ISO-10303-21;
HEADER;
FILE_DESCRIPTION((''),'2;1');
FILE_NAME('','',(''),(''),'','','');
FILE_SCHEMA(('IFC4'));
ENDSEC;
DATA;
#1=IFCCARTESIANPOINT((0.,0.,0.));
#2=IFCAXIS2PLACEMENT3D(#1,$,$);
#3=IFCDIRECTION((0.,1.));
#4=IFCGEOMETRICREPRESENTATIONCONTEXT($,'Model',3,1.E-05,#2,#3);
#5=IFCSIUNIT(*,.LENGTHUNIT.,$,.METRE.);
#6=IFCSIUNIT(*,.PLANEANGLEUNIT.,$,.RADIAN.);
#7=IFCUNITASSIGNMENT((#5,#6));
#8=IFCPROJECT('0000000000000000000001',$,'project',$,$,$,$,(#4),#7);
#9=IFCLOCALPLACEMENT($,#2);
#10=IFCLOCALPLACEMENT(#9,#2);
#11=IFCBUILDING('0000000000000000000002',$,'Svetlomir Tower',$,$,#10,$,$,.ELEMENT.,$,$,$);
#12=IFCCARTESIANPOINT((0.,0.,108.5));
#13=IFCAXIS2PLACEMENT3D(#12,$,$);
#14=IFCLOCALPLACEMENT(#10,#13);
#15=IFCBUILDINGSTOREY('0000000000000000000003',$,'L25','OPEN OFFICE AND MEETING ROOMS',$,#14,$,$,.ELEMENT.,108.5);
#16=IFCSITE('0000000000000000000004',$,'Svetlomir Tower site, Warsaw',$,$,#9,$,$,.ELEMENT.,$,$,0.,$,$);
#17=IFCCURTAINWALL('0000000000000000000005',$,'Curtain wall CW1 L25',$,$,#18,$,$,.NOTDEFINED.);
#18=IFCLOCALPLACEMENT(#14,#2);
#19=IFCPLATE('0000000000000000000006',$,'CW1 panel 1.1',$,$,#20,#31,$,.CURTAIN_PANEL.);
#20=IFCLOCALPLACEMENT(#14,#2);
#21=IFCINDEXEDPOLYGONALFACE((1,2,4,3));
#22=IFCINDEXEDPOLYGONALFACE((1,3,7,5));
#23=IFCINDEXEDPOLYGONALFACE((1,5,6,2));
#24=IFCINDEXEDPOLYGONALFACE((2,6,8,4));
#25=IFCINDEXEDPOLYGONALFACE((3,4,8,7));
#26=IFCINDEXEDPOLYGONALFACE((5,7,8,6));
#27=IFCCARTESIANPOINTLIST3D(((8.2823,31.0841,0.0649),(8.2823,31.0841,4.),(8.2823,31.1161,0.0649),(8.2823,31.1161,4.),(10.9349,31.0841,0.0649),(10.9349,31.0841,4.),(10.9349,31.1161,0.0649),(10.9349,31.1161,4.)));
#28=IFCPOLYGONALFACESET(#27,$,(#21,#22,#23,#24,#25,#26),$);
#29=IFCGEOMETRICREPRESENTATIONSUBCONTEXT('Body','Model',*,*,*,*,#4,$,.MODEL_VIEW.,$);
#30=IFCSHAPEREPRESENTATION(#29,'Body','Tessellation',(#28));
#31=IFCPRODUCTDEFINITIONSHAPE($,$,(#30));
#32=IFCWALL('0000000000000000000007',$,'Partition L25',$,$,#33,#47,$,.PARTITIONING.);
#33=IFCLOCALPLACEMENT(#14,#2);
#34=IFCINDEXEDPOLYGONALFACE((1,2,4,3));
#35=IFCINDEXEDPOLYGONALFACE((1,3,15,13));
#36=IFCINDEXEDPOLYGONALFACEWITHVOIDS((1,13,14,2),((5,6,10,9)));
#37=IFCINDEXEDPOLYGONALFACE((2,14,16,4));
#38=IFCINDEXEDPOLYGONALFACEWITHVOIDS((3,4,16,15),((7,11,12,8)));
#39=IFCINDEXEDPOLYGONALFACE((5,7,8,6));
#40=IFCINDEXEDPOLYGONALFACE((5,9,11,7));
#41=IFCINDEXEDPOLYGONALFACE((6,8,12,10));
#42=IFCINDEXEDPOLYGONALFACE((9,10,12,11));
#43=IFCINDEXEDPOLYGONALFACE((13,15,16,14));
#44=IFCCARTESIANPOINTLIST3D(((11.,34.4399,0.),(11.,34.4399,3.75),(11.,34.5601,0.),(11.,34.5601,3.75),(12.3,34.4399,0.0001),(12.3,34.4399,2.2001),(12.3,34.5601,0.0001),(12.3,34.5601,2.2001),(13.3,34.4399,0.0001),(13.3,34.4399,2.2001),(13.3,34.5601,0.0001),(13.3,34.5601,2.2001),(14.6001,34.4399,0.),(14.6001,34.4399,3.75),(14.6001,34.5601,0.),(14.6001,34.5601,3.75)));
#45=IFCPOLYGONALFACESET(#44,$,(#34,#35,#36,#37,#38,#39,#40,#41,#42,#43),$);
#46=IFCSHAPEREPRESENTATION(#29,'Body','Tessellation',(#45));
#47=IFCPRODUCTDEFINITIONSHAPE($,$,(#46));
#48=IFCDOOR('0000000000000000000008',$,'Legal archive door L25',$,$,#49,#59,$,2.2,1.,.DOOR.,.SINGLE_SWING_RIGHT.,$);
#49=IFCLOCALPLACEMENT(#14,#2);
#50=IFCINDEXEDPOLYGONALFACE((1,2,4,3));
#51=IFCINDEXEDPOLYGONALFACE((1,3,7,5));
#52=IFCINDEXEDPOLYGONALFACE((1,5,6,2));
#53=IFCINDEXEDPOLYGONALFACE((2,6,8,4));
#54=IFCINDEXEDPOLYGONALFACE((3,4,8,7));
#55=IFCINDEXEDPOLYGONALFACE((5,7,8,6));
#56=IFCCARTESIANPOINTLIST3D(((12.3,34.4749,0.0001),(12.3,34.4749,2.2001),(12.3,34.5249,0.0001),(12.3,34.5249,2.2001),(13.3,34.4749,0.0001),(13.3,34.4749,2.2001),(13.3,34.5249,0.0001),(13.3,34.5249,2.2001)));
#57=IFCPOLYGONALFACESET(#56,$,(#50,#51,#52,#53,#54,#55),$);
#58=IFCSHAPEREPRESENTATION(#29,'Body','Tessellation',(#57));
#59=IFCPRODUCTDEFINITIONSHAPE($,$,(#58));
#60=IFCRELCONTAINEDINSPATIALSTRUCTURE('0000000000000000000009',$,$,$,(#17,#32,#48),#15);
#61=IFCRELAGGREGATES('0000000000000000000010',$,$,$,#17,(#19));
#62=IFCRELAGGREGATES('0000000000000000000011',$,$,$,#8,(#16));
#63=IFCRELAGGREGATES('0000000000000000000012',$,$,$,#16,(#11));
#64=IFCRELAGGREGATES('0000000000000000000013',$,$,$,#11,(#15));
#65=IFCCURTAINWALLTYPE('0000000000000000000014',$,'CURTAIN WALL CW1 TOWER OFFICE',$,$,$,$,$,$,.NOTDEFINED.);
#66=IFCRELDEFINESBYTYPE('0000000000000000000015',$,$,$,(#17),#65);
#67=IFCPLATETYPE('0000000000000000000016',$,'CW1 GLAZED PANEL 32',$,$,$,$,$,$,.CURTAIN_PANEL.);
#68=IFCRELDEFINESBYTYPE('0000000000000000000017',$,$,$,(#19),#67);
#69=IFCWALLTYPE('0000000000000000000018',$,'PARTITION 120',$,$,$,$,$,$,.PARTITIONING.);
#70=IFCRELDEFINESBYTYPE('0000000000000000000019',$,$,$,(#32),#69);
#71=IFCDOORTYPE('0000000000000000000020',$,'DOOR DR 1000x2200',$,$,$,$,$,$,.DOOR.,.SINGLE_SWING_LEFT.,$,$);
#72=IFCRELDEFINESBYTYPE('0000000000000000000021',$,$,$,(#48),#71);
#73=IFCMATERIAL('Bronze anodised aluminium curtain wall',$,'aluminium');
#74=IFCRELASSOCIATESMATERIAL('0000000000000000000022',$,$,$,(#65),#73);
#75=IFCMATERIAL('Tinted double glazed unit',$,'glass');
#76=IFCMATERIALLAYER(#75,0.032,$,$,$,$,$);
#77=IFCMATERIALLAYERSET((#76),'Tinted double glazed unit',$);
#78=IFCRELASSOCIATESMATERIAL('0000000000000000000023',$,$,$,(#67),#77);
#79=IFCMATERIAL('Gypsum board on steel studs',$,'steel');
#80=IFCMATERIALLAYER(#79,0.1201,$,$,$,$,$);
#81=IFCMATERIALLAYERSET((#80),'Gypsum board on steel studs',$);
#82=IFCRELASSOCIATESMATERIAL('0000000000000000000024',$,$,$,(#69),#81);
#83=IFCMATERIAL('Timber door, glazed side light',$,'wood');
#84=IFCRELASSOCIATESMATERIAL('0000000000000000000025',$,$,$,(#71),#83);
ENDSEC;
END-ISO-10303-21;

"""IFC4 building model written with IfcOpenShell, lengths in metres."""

from ifc_helpers import new_model, si_unit, direction, frame, frame_2d, origin, origin_2d, place, context, subcontext, project, spatial, rectangle, extrude, material, layer, layer_set, type_object, element, fill, aggregate, save


model = new_model("IFC4")

# Units and contexts
model_context = context("Model", 3, precision=1e-05, world=origin(), true_north=direction((0.0, 1.0)))
body_context = subcontext(model_context, "Body", "Model", "MODEL_VIEW")
ifc_project = project(units=[si_unit("LENGTHUNIT", "METRE"), si_unit("PLANEANGLEUNIT", "RADIAN")], contexts=[model_context])

# Site, building, storey
site_placement = place(None, origin())
site = spatial("IfcSite", under=ifc_project, at=site_placement, Name="Svetlomir Tower site, Warsaw", CompositionType="ELEMENT", RefElevation=0.0)
building_placement = place(site_placement, origin())
building = spatial("IfcBuilding", under=site, at=building_placement, Name="Svetlomir Tower", CompositionType="ELEMENT")
storey_placement = place(building_placement, frame((0.0, 0.0, 108.5)))
storey = spatial("IfcBuildingStorey", under=building, at=storey_placement, Name="L25", Description="OPEN OFFICE AND MEETING ROOMS", CompositionType="ELEMENT", Elevation=108.5)

# Curtain wall
ifc_material_1 = material(Name="Bronze anodised aluminium curtain wall", Category="aluminium")
curtain_wall_type = type_object("IfcCurtainWallType", Name="CURTAIN WALL CW1 TOWER OFFICE", PredefinedType="NOTDEFINED", material=ifc_material_1)
curtain_wall_1_placement = place(storey_placement, origin())
curtain_wall_1 = element("IfcCurtainWall", 1, at=curtain_wall_1_placement, inside=storey, type_object=curtain_wall_type, Name="Curtain wall CW1 L25", PredefinedType="NOTDEFINED")

# Plate
ifc_material_2 = material(Name="Tinted double glazed unit", Category="glass")
ifc_layer_1 = layer(ifc_material_2, 0.032)
ifc_layer_set_1 = layer_set([ifc_layer_1], Name="Tinted double glazed unit")
plate_type = type_object("IfcPlateType", Name="CW1 GLAZED PANEL 32", PredefinedType="CURTAIN_PANEL", material=ifc_layer_set_1)
plate_1_placement = place(storey_placement, frame((9.6086, 31.1001, 0.0649), z_axis=(0.0, 0.0, 1.0), x_axis=(-1.0, 0.0, 0.0)))
plate_1 = element("IfcPlate", 2, at=plate_1_placement, type_object=plate_type, Name="CW1 panel 1.1", PredefinedType="CURTAIN_PANEL", context=body_context, shape_type="SweptSolid", body=[
    extrude(rectangle(XDim=2.6526, YDim=0.032, at=origin_2d()), origin(), (0.0, 0.0, 1.0), 3.9351),
])
aggregate(curtain_wall_1, [plate_1])

# Wall, opening, door
ifc_material_3 = material(Name="Gypsum board on steel studs", Category="steel")
ifc_layer_2 = layer(ifc_material_3, 0.1201)
ifc_layer_set_2 = layer_set([ifc_layer_2], Name="Gypsum board on steel studs")
wall_type = type_object("IfcWallType", Name="PARTITION 120", PredefinedType="PARTITIONING", material=ifc_layer_set_2)
wall_placement = place(storey_placement, frame((11.0, 34.5, 0.0), z_axis=(0.0, 0.0, 1.0), x_axis=(1.0, 0.0, 0.0)))
wall = element("IfcWall", 3, at=wall_placement, inside=storey, type_object=wall_type, Name="Partition L25", PredefinedType="PARTITIONING", context=body_context, shape_type="SweptSolid", body=[
    extrude(rectangle(XDim=3.6001, YDim=0.1201, at=frame_2d((1.8, 0.0))), origin(), (0.0, 0.0, 1.0), 3.75),
])
opening_placement = place(wall_placement, frame((1.3, 0.0, 0.0)))
opening = element("IfcOpeningElement", 4, at=opening_placement, cuts=wall, PredefinedType="OPENING", context=body_context, shape_type="SweptSolid", body=[
    extrude(rectangle(XDim=1.0, YDim=2.2, at=frame_2d((0.5, 1.1001))), frame((0.0, 0.0701, 0.0), z_axis=(0.0, -1.0, 0.0), x_axis=(1.0, 0.0, 0.0)), (0.0, 0.0, 1.0), 0.1401),
])
ifc_material_4 = material(Name="Timber door, glazed side light", Category="wood")
door_type = type_object("IfcDoorType", Name="DOOR DR 1000x2200", OperationType="SINGLE_SWING_LEFT", PredefinedType="DOOR", material=ifc_material_4)
door_placement = place(opening_placement, origin())
door = element("IfcDoor", 5, at=door_placement, inside=storey, type_object=door_type, Name="Legal archive door L25", OperationType="SINGLE_SWING_RIGHT", OverallHeight=2.2, OverallWidth=1.0, PredefinedType="DOOR", context=body_context, shape_type="SweptSolid", body=[
    extrude(rectangle(XDim=1.0, YDim=2.2, at=frame_2d((0.5, 1.1001))), frame((0.0, 0.0249, 0.0), z_axis=(0.0, -1.0, 0.0), x_axis=(1.0, 0.0, 0.0)), (0.0, 0.0, 1.0), 0.05),
])
fill(opening, door)

save(model, "model.ifc")
